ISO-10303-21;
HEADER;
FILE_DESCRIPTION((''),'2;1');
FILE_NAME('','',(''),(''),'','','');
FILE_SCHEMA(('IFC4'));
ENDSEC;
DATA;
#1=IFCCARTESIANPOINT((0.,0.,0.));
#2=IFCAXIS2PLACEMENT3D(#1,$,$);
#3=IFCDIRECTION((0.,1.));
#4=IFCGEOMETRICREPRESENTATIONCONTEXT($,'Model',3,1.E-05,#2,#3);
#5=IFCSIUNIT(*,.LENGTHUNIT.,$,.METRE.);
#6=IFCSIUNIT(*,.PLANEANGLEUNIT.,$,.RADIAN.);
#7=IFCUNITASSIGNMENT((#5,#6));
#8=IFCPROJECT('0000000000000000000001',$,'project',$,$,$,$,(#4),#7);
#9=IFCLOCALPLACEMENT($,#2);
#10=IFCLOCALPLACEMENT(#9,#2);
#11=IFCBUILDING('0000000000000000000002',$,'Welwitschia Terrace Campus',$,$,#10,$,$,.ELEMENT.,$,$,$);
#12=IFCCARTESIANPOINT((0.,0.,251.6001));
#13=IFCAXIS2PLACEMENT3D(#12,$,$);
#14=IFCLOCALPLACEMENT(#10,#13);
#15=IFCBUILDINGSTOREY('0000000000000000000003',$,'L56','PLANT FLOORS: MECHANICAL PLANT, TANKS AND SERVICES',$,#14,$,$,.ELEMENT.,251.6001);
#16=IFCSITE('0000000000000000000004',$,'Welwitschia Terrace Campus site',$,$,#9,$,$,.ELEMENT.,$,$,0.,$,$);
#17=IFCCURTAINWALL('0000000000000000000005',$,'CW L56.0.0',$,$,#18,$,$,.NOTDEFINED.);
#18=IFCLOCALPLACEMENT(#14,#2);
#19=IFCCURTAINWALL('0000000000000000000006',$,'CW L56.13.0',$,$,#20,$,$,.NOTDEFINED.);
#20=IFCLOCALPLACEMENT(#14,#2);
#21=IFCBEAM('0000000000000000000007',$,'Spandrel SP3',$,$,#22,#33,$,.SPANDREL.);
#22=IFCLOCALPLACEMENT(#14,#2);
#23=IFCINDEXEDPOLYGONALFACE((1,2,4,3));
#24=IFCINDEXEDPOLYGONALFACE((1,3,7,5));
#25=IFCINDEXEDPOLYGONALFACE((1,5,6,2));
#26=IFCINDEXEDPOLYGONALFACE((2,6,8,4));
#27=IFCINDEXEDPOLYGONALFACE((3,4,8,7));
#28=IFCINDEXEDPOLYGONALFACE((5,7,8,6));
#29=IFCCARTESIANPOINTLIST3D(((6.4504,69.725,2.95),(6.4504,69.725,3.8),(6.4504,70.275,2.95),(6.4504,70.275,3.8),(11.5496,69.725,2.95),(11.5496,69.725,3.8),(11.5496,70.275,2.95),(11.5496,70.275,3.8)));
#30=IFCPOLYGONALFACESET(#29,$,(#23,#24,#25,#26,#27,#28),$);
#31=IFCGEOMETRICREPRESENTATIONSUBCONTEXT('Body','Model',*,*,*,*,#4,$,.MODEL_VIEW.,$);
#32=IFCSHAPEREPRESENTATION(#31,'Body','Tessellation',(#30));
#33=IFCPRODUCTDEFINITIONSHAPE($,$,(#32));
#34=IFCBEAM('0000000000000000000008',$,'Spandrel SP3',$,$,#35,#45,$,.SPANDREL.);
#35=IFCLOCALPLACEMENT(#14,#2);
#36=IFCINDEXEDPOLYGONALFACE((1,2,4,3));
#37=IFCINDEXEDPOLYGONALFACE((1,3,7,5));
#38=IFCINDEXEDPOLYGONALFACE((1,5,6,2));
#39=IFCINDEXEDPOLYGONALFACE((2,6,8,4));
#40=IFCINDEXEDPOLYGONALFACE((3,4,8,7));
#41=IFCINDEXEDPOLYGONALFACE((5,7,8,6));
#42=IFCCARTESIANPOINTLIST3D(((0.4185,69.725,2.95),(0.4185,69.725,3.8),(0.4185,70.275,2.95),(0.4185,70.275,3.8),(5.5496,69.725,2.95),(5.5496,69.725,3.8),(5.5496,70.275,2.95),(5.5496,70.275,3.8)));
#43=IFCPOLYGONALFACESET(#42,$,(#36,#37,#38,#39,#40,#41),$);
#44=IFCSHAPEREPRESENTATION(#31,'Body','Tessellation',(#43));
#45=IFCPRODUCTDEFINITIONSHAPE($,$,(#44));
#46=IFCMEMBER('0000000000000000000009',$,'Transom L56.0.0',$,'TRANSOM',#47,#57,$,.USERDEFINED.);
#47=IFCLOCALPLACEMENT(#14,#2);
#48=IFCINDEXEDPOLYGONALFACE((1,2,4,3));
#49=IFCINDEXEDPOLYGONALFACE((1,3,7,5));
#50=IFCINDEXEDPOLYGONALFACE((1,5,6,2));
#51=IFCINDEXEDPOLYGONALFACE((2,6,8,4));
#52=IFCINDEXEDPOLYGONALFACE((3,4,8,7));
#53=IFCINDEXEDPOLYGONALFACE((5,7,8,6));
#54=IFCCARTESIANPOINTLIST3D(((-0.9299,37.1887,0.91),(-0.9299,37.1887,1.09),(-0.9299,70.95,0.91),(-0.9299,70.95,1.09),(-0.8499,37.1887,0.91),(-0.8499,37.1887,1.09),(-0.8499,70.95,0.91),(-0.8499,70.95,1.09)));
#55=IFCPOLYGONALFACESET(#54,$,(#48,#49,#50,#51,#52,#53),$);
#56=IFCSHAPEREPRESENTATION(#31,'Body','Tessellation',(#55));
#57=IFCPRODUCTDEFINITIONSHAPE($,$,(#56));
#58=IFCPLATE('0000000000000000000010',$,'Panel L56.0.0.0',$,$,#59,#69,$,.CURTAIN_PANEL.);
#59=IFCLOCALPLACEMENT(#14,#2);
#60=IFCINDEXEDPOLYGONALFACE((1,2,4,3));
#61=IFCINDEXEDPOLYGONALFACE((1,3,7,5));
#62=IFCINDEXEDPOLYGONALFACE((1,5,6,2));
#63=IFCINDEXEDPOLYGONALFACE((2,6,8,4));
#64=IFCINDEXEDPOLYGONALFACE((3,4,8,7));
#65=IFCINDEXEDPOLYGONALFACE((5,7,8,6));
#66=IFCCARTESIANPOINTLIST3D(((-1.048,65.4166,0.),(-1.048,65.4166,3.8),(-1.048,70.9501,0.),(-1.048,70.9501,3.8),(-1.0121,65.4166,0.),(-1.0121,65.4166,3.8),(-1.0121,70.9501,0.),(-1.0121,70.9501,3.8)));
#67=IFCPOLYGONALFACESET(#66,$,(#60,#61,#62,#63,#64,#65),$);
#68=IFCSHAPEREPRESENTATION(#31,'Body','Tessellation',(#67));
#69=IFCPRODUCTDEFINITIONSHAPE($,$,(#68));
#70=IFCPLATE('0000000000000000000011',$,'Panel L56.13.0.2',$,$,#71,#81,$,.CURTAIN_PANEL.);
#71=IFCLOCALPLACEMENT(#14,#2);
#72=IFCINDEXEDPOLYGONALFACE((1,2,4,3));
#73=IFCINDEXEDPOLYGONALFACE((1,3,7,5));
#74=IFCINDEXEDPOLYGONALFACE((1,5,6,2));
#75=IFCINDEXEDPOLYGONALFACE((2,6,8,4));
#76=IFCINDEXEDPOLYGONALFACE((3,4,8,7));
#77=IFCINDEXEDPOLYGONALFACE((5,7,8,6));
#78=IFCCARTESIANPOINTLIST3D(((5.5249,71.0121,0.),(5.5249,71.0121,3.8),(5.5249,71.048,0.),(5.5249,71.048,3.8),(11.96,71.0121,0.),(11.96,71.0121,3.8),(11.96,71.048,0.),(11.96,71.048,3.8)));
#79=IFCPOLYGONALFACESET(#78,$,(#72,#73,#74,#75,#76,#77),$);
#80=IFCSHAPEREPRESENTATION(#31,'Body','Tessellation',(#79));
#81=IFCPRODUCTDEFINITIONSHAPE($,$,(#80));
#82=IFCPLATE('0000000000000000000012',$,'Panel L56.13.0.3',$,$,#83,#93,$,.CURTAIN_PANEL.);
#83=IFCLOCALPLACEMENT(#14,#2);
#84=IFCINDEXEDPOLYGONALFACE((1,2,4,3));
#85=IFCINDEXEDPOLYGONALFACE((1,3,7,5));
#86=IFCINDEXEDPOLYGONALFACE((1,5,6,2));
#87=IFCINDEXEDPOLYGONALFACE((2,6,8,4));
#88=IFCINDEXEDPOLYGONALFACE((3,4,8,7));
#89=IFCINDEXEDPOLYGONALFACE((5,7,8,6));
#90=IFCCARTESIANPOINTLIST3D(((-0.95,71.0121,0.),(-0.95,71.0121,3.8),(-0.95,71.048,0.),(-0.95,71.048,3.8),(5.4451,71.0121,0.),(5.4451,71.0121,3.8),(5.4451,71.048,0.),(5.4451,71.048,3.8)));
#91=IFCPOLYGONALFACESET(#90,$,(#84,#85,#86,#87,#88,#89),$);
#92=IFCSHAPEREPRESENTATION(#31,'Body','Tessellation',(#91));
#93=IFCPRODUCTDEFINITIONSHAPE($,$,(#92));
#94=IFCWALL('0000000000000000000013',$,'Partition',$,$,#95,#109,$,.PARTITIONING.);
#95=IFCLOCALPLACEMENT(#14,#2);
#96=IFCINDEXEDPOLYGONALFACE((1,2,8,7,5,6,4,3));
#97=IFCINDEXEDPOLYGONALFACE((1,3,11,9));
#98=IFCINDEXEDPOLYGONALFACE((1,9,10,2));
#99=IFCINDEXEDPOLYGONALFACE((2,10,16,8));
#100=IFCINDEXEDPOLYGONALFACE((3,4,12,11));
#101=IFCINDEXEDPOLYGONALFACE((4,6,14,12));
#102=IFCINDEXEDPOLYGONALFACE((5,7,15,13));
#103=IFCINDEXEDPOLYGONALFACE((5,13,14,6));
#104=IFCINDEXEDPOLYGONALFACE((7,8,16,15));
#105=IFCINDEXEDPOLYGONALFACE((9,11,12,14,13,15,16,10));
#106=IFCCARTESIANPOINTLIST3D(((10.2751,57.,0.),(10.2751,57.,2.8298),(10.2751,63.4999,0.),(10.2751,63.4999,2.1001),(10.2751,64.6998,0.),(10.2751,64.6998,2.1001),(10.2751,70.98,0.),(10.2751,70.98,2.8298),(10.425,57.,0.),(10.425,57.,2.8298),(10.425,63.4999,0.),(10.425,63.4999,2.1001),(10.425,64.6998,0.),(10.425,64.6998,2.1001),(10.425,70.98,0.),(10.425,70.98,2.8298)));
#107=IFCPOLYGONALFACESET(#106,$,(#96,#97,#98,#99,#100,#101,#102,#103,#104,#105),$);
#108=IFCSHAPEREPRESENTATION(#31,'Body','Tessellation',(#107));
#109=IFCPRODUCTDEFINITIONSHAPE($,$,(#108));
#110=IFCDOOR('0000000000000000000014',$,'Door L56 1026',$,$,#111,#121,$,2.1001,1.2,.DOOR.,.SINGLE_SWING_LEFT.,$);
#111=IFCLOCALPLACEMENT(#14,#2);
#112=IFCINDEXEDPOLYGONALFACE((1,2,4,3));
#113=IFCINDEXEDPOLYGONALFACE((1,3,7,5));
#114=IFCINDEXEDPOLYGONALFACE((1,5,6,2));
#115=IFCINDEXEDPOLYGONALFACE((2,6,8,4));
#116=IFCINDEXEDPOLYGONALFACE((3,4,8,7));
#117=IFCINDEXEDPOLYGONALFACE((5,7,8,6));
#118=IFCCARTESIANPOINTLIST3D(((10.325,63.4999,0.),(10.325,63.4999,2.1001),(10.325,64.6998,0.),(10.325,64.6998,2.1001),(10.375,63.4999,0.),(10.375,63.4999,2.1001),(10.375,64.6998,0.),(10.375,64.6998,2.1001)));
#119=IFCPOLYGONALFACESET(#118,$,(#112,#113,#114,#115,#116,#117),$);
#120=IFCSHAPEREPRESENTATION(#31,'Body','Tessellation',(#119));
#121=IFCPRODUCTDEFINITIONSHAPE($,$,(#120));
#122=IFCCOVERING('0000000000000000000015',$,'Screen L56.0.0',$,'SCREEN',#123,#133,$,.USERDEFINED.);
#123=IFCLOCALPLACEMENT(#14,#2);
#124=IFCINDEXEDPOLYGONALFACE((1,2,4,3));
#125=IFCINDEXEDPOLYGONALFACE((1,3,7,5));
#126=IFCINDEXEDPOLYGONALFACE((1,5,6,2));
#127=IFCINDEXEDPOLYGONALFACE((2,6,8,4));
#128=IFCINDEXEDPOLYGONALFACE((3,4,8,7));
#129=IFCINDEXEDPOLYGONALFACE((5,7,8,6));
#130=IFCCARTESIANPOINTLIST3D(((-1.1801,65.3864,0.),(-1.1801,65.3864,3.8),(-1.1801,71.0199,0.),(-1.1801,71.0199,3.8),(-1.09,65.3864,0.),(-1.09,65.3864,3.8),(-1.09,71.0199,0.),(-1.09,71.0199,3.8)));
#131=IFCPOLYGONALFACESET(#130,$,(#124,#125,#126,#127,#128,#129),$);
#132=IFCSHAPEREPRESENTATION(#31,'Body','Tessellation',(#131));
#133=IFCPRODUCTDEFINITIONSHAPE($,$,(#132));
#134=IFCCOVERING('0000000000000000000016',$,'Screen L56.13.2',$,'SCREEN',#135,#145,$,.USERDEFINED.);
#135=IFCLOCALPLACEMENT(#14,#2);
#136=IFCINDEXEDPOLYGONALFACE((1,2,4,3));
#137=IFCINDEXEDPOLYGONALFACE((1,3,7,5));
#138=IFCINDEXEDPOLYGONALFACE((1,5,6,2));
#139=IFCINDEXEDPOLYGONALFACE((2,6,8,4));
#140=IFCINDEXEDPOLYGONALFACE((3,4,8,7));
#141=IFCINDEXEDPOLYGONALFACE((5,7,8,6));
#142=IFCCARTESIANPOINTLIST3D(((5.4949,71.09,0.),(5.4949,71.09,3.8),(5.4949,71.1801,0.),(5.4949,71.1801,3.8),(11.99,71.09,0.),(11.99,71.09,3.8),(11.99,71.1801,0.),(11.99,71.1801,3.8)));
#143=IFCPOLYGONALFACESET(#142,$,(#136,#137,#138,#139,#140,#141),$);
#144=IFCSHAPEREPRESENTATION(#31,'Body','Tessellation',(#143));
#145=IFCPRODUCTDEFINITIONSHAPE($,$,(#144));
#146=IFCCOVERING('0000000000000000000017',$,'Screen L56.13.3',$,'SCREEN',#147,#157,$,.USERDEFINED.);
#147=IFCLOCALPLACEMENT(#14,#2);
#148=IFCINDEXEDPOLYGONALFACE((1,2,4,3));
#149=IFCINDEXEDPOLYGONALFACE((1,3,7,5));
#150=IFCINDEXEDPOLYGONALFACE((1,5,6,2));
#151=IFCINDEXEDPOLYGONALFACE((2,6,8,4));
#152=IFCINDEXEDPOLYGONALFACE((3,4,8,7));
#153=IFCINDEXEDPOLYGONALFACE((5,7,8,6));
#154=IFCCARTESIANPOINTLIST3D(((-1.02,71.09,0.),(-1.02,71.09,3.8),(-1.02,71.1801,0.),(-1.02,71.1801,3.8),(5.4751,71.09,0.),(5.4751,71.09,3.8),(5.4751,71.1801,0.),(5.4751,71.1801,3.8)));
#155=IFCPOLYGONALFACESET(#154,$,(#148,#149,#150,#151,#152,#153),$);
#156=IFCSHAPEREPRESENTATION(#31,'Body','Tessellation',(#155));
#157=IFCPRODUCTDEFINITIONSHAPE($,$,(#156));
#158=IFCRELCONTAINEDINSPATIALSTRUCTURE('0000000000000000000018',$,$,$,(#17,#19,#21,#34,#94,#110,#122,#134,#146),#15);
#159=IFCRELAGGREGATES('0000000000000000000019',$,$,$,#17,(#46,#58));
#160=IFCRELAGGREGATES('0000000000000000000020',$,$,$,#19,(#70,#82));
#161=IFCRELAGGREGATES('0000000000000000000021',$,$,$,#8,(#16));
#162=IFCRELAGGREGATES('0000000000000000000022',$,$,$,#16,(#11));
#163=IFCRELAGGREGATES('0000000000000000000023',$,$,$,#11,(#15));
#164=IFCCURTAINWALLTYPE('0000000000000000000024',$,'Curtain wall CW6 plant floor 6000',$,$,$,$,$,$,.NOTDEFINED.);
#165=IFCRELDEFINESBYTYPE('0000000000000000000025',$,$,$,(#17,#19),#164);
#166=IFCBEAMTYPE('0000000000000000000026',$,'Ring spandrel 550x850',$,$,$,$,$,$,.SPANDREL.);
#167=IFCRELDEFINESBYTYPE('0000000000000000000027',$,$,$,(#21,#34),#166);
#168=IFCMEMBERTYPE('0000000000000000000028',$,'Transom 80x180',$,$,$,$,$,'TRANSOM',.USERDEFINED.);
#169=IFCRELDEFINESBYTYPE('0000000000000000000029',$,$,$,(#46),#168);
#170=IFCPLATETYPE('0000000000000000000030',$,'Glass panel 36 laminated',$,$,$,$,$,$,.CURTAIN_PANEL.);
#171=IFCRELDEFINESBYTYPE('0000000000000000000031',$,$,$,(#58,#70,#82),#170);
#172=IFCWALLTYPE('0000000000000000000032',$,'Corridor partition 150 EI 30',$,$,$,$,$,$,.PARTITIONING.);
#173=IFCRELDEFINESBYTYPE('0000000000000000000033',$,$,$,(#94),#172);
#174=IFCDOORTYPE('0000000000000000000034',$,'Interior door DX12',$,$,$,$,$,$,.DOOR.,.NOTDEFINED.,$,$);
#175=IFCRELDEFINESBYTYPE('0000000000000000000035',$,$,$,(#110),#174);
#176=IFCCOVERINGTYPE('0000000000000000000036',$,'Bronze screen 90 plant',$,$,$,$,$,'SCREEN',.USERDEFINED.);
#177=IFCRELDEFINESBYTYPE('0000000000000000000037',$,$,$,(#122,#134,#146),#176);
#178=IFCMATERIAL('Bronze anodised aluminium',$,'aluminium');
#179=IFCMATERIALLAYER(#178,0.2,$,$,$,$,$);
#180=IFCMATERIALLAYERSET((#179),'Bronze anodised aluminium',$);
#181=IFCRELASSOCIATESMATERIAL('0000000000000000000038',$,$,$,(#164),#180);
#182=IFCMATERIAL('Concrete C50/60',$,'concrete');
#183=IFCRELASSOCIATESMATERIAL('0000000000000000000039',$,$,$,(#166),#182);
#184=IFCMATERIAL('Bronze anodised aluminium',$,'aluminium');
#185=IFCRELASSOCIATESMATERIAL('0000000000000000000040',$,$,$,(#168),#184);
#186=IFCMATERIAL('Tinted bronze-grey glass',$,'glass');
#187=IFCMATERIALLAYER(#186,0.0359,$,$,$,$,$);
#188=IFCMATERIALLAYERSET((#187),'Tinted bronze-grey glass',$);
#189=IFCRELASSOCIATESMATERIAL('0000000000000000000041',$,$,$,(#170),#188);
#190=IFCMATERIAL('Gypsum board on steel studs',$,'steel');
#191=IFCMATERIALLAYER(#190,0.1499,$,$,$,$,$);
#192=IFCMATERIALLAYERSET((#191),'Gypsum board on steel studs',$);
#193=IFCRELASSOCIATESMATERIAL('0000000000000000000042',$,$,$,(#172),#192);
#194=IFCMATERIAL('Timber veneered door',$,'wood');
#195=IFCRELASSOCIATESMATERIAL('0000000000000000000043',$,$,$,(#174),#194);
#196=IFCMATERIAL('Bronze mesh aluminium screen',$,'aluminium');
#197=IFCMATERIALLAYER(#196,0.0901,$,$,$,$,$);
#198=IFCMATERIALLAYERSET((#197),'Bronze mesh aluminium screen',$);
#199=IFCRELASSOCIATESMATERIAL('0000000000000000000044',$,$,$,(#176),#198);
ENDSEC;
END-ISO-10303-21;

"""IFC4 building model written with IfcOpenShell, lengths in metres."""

from ifc_helpers import new_model, si_unit, direction, frame, frame_2d, origin, origin_2d, place, context, subcontext, project, spatial, rectangle, extrude, material, layer, layer_set, material_profile, profile_set, type_object, element, fill, aggregate, save


model = new_model("IFC4")

# Units and contexts
model_context = context("Model", 3, precision=1e-05, world=origin(), true_north=direction((0.0, 1.0)))
body_context = subcontext(model_context, "Body", "Model", "MODEL_VIEW")
ifc_project = project(units=[si_unit("LENGTHUNIT", "METRE"), si_unit("PLANEANGLEUNIT", "RADIAN")], contexts=[model_context])

# Site, building, storey
site_placement = place(None, origin())
site = spatial("IfcSite", under=ifc_project, at=site_placement, Name="Welwitschia Terrace Campus site", CompositionType="ELEMENT", RefElevation=0.0)
building_placement = place(site_placement, origin())
building = spatial("IfcBuilding", under=site, at=building_placement, Name="Welwitschia Terrace Campus", CompositionType="ELEMENT")
storey_placement = place(building_placement, frame((0.0, 0.0, 251.6001)))
storey = spatial("IfcBuildingStorey", under=building, at=storey_placement, Name="L56", Description="PLANT FLOORS: MECHANICAL PLANT, TANKS AND SERVICES", CompositionType="ELEMENT", Elevation=251.6001)

# Curtain walls
ifc_material_1 = material(Name="Bronze anodised aluminium", Category="aluminium")
ifc_layer_1 = layer(ifc_material_1, 0.2)
ifc_layer_set_1 = layer_set([ifc_layer_1], Name="Bronze anodised aluminium")
curtain_wall_type = type_object("IfcCurtainWallType", Name="Curtain wall CW6 plant floor 6000", PredefinedType="NOTDEFINED", material=ifc_layer_set_1)
curtain_wall_1_placement = place(storey_placement, origin())
curtain_wall_1 = element("IfcCurtainWall", 1, at=curtain_wall_1_placement, inside=storey, type_object=curtain_wall_type, Name="CW L56.0.0", PredefinedType="NOTDEFINED")
curtain_wall_2_placement = place(storey_placement, origin())
curtain_wall_2 = element("IfcCurtainWall", 2, at=curtain_wall_2_placement, inside=storey, type_object=curtain_wall_type, Name="CW L56.13.0", PredefinedType="NOTDEFINED")

# Beams
ifc_material_2 = material(Name="Concrete C50/60", Category="concrete")
ifc_material_profile_1 = material_profile(ifc_material_2, rectangle(XDim=0.55, YDim=0.8501, at=origin_2d()))
ifc_profile_set_1 = profile_set([ifc_material_profile_1], Name="Concrete C50/60")
beam_type_1 = type_object("IfcBeamType", Name="Ring spandrel 550x850", PredefinedType="SPANDREL", material=ifc_profile_set_1)
beam_1_placement = place(storey_placement, frame((11.5496, 70.0, 3.375), z_axis=(-1.0, 0.0, 0.0), x_axis=(0.0, -1.0, 0.0)))
element("IfcBeam", 3, at=beam_1_placement, inside=storey, type_object=beam_type_1, Name="Spandrel SP3", PredefinedType="SPANDREL", context=body_context, shape_type="SweptSolid", body=[
    extrude(rectangle(XDim=0.55, YDim=0.8501, at=origin_2d()), origin(), (0.0, 0.0, 1.0), 5.0991),
])
beam_2_placement = place(storey_placement, frame((5.5496, 70.0, 3.375), z_axis=(-1.0, 0.0, 0.0), x_axis=(0.0, -1.0, 0.0)))
element("IfcBeam", 4, at=beam_2_placement, inside=storey, type_object=beam_type_1, Name="Spandrel SP3", PredefinedType="SPANDREL", context=body_context, shape_type="SweptSolid", body=[
    extrude(rectangle(XDim=0.55, YDim=0.8501, at=origin_2d()), origin(), (0.0, 0.0, 1.0), 5.1311),
])

# Member
ifc_material_3 = material(Name="Bronze anodised aluminium", Category="aluminium")
ifc_material_profile_2 = material_profile(ifc_material_3, rectangle(XDim=0.0801, YDim=0.1799, at=origin_2d()))
ifc_profile_set_2 = profile_set([ifc_material_profile_2], Name="Bronze anodised aluminium")
member_type_1 = type_object("IfcMemberType", Name="Transom 80x180", ElementType="TRANSOM", PredefinedType="USERDEFINED", material=ifc_profile_set_2)
member_1_placement = place(storey_placement, frame((-0.8899, 70.95, 1.0), z_axis=(0.0, -1.0, 0.0), x_axis=(1.0, 0.0, 0.0)))
member_1 = element("IfcMember", 5, at=member_1_placement, type_object=member_type_1, Name="Transom L56.0.0", ObjectType="TRANSOM", PredefinedType="USERDEFINED", context=body_context, shape_type="SweptSolid", body=[
    extrude(rectangle(XDim=0.0801, YDim=0.1799, at=origin_2d()), origin(), (0.0, 0.0, 1.0), 33.7612),
])

# Plates
ifc_material_4 = material(Name="Tinted bronze-grey glass", Category="glass")
ifc_layer_2 = layer(ifc_material_4, 0.0359)
ifc_layer_set_2 = layer_set([ifc_layer_2], Name="Tinted bronze-grey glass")
plate_type = type_object("IfcPlateType", Name="Glass panel 36 laminated", PredefinedType="CURTAIN_PANEL", material=ifc_layer_set_2)
plate_1_placement = place(storey_placement, frame((-1.03, 68.1833, 0.0), z_axis=(0.0, 0.0, 1.0), x_axis=(0.0, -1.0, 0.0)))
plate_1 = element("IfcPlate", 6, at=plate_1_placement, type_object=plate_type, Name="Panel L56.0.0.0", PredefinedType="CURTAIN_PANEL", context=body_context, shape_type="SweptSolid", body=[
    extrude(rectangle(XDim=5.5334, YDim=0.0359, at=origin_2d()), origin(), (0.0, 0.0, 1.0), 3.8),
])
aggregate(curtain_wall_1, [member_1, plate_1])
plate_2_placement = place(storey_placement, frame((8.7424, 71.03, 0.0), z_axis=(0.0, 0.0, 1.0), x_axis=(-1.0, 0.0, 0.0)))
plate_2 = element("IfcPlate", 7, at=plate_2_placement, type_object=plate_type, Name="Panel L56.13.0.2", PredefinedType="CURTAIN_PANEL", context=body_context, shape_type="SweptSolid", body=[
    extrude(rectangle(XDim=6.4351, YDim=0.0359, at=origin_2d()), origin(), (0.0, 0.0, 1.0), 3.8),
])
plate_3_placement = place(storey_placement, frame((2.2476, 71.03, 0.0), z_axis=(0.0, 0.0, 1.0), x_axis=(-1.0, 0.0, 0.0)))
plate_3 = element("IfcPlate", 8, at=plate_3_placement, type_object=plate_type, Name="Panel L56.13.0.3", PredefinedType="CURTAIN_PANEL", context=body_context, shape_type="SweptSolid", body=[
    extrude(rectangle(XDim=6.395, YDim=0.0359, at=origin_2d()), origin(), (0.0, 0.0, 1.0), 3.8),
])
aggregate(curtain_wall_2, [plate_2, plate_3])

# Wall, opening, door
ifc_material_5 = material(Name="Gypsum board on steel studs", Category="steel")
ifc_layer_3 = layer(ifc_material_5, 0.1499)
ifc_layer_set_3 = layer_set([ifc_layer_3], Name="Gypsum board on steel studs")
wall_type = type_object("IfcWallType", Name="Corridor partition 150 EI 30", PredefinedType="PARTITIONING", material=ifc_layer_set_3)
wall_placement = place(storey_placement, frame((10.3501, 70.98, 0.0), z_axis=(0.0, 0.0, 1.0), x_axis=(0.0, -1.0, 0.0)))
wall = element("IfcWall", 9, at=wall_placement, inside=storey, type_object=wall_type, Name="Partition", PredefinedType="PARTITIONING", context=body_context, shape_type="SweptSolid", body=[
    extrude(rectangle(XDim=13.98, YDim=0.1499, at=frame_2d((6.99, 0.0))), origin(), (0.0, 0.0, 1.0), 2.8298),
])
opening_placement = place(wall_placement, frame((6.28, 0.0, 0.0)))
opening = element("IfcOpeningElement", 10, at=opening_placement, cuts=wall, PredefinedType="OPENING", context=body_context, shape_type="SweptSolid", body=[
    extrude(rectangle(XDim=1.2, YDim=2.1001, at=frame_2d((0.6001, 1.05))), frame((0.0, 0.085, 0.0), z_axis=(0.0, -1.0, 0.0), x_axis=(1.0, 0.0, 0.0)), (0.0, 0.0, 1.0), 0.1699),
])
ifc_material_6 = material(Name="Timber veneered door", Category="wood")
door_type = type_object("IfcDoorType", Name="Interior door DX12", OperationType="NOTDEFINED", PredefinedType="DOOR", material=ifc_material_6)
door_placement = place(opening_placement, origin())
door = element("IfcDoor", 11, at=door_placement, inside=storey, type_object=door_type, Name="Door L56 1026", OperationType="SINGLE_SWING_LEFT", OverallHeight=2.1001, OverallWidth=1.2, PredefinedType="DOOR", context=body_context, shape_type="SweptSolid", body=[
    extrude(rectangle(XDim=1.2, YDim=2.1001, at=frame_2d((0.6001, 1.05))), frame((0.0, 0.0249, 0.0), z_axis=(0.0, -1.0, 0.0), x_axis=(1.0, 0.0, 0.0)), (0.0, 0.0, 1.0), 0.05),
])
fill(opening, door)

# Coverings
ifc_material_7 = material(Name="Bronze mesh aluminium screen", Category="aluminium")
ifc_layer_4 = layer(ifc_material_7, 0.0901)
ifc_layer_set_4 = layer_set([ifc_layer_4], Name="Bronze mesh aluminium screen")
covering_type = type_object("IfcCoveringType", Name="Bronze screen 90 plant", ElementType="SCREEN", PredefinedType="USERDEFINED", material=ifc_layer_set_4)
covering_placement = place(storey_placement, frame((-1.135, 68.2031, 0.0), z_axis=(0.0, 0.0, 1.0), x_axis=(0.0, -1.0, 0.0)))
element("IfcCovering", 12, at=covering_placement, inside=storey, type_object=covering_type, Name="Screen L56.0.0", ObjectType="SCREEN", PredefinedType="USERDEFINED", context=body_context, shape_type="SweptSolid", body=[
    extrude(rectangle(XDim=5.6335, YDim=0.0901, at=origin_2d()), origin(), (0.0, 0.0, 1.0), 3.8),
])
for number, where, z_axis, x_axis, name in (
    (13, (8.7424, 71.135, 0.0), (0.0, 0.0, 1.0), (-1.0, 0.0, 0.0), "Screen L56.13.2"),
    (14, (2.2275, 71.135, 0.0), (0.0, 0.0, 1.0), (-1.0, 0.0, 0.0), "Screen L56.13.3"),
):
    element("IfcCovering", number, at=place(storey_placement, frame(where, z_axis=z_axis, x_axis=x_axis)), inside=storey, type_object=covering_type, Name=name, ObjectType="SCREEN", PredefinedType="USERDEFINED", context=body_context, shape_type="SweptSolid", body=[
        extrude(rectangle(XDim=6.4951, YDim=0.0901, at=origin_2d()), origin(), (0.0, 0.0, 1.0), 3.8),
    ])

save(model, "model.ifc")
